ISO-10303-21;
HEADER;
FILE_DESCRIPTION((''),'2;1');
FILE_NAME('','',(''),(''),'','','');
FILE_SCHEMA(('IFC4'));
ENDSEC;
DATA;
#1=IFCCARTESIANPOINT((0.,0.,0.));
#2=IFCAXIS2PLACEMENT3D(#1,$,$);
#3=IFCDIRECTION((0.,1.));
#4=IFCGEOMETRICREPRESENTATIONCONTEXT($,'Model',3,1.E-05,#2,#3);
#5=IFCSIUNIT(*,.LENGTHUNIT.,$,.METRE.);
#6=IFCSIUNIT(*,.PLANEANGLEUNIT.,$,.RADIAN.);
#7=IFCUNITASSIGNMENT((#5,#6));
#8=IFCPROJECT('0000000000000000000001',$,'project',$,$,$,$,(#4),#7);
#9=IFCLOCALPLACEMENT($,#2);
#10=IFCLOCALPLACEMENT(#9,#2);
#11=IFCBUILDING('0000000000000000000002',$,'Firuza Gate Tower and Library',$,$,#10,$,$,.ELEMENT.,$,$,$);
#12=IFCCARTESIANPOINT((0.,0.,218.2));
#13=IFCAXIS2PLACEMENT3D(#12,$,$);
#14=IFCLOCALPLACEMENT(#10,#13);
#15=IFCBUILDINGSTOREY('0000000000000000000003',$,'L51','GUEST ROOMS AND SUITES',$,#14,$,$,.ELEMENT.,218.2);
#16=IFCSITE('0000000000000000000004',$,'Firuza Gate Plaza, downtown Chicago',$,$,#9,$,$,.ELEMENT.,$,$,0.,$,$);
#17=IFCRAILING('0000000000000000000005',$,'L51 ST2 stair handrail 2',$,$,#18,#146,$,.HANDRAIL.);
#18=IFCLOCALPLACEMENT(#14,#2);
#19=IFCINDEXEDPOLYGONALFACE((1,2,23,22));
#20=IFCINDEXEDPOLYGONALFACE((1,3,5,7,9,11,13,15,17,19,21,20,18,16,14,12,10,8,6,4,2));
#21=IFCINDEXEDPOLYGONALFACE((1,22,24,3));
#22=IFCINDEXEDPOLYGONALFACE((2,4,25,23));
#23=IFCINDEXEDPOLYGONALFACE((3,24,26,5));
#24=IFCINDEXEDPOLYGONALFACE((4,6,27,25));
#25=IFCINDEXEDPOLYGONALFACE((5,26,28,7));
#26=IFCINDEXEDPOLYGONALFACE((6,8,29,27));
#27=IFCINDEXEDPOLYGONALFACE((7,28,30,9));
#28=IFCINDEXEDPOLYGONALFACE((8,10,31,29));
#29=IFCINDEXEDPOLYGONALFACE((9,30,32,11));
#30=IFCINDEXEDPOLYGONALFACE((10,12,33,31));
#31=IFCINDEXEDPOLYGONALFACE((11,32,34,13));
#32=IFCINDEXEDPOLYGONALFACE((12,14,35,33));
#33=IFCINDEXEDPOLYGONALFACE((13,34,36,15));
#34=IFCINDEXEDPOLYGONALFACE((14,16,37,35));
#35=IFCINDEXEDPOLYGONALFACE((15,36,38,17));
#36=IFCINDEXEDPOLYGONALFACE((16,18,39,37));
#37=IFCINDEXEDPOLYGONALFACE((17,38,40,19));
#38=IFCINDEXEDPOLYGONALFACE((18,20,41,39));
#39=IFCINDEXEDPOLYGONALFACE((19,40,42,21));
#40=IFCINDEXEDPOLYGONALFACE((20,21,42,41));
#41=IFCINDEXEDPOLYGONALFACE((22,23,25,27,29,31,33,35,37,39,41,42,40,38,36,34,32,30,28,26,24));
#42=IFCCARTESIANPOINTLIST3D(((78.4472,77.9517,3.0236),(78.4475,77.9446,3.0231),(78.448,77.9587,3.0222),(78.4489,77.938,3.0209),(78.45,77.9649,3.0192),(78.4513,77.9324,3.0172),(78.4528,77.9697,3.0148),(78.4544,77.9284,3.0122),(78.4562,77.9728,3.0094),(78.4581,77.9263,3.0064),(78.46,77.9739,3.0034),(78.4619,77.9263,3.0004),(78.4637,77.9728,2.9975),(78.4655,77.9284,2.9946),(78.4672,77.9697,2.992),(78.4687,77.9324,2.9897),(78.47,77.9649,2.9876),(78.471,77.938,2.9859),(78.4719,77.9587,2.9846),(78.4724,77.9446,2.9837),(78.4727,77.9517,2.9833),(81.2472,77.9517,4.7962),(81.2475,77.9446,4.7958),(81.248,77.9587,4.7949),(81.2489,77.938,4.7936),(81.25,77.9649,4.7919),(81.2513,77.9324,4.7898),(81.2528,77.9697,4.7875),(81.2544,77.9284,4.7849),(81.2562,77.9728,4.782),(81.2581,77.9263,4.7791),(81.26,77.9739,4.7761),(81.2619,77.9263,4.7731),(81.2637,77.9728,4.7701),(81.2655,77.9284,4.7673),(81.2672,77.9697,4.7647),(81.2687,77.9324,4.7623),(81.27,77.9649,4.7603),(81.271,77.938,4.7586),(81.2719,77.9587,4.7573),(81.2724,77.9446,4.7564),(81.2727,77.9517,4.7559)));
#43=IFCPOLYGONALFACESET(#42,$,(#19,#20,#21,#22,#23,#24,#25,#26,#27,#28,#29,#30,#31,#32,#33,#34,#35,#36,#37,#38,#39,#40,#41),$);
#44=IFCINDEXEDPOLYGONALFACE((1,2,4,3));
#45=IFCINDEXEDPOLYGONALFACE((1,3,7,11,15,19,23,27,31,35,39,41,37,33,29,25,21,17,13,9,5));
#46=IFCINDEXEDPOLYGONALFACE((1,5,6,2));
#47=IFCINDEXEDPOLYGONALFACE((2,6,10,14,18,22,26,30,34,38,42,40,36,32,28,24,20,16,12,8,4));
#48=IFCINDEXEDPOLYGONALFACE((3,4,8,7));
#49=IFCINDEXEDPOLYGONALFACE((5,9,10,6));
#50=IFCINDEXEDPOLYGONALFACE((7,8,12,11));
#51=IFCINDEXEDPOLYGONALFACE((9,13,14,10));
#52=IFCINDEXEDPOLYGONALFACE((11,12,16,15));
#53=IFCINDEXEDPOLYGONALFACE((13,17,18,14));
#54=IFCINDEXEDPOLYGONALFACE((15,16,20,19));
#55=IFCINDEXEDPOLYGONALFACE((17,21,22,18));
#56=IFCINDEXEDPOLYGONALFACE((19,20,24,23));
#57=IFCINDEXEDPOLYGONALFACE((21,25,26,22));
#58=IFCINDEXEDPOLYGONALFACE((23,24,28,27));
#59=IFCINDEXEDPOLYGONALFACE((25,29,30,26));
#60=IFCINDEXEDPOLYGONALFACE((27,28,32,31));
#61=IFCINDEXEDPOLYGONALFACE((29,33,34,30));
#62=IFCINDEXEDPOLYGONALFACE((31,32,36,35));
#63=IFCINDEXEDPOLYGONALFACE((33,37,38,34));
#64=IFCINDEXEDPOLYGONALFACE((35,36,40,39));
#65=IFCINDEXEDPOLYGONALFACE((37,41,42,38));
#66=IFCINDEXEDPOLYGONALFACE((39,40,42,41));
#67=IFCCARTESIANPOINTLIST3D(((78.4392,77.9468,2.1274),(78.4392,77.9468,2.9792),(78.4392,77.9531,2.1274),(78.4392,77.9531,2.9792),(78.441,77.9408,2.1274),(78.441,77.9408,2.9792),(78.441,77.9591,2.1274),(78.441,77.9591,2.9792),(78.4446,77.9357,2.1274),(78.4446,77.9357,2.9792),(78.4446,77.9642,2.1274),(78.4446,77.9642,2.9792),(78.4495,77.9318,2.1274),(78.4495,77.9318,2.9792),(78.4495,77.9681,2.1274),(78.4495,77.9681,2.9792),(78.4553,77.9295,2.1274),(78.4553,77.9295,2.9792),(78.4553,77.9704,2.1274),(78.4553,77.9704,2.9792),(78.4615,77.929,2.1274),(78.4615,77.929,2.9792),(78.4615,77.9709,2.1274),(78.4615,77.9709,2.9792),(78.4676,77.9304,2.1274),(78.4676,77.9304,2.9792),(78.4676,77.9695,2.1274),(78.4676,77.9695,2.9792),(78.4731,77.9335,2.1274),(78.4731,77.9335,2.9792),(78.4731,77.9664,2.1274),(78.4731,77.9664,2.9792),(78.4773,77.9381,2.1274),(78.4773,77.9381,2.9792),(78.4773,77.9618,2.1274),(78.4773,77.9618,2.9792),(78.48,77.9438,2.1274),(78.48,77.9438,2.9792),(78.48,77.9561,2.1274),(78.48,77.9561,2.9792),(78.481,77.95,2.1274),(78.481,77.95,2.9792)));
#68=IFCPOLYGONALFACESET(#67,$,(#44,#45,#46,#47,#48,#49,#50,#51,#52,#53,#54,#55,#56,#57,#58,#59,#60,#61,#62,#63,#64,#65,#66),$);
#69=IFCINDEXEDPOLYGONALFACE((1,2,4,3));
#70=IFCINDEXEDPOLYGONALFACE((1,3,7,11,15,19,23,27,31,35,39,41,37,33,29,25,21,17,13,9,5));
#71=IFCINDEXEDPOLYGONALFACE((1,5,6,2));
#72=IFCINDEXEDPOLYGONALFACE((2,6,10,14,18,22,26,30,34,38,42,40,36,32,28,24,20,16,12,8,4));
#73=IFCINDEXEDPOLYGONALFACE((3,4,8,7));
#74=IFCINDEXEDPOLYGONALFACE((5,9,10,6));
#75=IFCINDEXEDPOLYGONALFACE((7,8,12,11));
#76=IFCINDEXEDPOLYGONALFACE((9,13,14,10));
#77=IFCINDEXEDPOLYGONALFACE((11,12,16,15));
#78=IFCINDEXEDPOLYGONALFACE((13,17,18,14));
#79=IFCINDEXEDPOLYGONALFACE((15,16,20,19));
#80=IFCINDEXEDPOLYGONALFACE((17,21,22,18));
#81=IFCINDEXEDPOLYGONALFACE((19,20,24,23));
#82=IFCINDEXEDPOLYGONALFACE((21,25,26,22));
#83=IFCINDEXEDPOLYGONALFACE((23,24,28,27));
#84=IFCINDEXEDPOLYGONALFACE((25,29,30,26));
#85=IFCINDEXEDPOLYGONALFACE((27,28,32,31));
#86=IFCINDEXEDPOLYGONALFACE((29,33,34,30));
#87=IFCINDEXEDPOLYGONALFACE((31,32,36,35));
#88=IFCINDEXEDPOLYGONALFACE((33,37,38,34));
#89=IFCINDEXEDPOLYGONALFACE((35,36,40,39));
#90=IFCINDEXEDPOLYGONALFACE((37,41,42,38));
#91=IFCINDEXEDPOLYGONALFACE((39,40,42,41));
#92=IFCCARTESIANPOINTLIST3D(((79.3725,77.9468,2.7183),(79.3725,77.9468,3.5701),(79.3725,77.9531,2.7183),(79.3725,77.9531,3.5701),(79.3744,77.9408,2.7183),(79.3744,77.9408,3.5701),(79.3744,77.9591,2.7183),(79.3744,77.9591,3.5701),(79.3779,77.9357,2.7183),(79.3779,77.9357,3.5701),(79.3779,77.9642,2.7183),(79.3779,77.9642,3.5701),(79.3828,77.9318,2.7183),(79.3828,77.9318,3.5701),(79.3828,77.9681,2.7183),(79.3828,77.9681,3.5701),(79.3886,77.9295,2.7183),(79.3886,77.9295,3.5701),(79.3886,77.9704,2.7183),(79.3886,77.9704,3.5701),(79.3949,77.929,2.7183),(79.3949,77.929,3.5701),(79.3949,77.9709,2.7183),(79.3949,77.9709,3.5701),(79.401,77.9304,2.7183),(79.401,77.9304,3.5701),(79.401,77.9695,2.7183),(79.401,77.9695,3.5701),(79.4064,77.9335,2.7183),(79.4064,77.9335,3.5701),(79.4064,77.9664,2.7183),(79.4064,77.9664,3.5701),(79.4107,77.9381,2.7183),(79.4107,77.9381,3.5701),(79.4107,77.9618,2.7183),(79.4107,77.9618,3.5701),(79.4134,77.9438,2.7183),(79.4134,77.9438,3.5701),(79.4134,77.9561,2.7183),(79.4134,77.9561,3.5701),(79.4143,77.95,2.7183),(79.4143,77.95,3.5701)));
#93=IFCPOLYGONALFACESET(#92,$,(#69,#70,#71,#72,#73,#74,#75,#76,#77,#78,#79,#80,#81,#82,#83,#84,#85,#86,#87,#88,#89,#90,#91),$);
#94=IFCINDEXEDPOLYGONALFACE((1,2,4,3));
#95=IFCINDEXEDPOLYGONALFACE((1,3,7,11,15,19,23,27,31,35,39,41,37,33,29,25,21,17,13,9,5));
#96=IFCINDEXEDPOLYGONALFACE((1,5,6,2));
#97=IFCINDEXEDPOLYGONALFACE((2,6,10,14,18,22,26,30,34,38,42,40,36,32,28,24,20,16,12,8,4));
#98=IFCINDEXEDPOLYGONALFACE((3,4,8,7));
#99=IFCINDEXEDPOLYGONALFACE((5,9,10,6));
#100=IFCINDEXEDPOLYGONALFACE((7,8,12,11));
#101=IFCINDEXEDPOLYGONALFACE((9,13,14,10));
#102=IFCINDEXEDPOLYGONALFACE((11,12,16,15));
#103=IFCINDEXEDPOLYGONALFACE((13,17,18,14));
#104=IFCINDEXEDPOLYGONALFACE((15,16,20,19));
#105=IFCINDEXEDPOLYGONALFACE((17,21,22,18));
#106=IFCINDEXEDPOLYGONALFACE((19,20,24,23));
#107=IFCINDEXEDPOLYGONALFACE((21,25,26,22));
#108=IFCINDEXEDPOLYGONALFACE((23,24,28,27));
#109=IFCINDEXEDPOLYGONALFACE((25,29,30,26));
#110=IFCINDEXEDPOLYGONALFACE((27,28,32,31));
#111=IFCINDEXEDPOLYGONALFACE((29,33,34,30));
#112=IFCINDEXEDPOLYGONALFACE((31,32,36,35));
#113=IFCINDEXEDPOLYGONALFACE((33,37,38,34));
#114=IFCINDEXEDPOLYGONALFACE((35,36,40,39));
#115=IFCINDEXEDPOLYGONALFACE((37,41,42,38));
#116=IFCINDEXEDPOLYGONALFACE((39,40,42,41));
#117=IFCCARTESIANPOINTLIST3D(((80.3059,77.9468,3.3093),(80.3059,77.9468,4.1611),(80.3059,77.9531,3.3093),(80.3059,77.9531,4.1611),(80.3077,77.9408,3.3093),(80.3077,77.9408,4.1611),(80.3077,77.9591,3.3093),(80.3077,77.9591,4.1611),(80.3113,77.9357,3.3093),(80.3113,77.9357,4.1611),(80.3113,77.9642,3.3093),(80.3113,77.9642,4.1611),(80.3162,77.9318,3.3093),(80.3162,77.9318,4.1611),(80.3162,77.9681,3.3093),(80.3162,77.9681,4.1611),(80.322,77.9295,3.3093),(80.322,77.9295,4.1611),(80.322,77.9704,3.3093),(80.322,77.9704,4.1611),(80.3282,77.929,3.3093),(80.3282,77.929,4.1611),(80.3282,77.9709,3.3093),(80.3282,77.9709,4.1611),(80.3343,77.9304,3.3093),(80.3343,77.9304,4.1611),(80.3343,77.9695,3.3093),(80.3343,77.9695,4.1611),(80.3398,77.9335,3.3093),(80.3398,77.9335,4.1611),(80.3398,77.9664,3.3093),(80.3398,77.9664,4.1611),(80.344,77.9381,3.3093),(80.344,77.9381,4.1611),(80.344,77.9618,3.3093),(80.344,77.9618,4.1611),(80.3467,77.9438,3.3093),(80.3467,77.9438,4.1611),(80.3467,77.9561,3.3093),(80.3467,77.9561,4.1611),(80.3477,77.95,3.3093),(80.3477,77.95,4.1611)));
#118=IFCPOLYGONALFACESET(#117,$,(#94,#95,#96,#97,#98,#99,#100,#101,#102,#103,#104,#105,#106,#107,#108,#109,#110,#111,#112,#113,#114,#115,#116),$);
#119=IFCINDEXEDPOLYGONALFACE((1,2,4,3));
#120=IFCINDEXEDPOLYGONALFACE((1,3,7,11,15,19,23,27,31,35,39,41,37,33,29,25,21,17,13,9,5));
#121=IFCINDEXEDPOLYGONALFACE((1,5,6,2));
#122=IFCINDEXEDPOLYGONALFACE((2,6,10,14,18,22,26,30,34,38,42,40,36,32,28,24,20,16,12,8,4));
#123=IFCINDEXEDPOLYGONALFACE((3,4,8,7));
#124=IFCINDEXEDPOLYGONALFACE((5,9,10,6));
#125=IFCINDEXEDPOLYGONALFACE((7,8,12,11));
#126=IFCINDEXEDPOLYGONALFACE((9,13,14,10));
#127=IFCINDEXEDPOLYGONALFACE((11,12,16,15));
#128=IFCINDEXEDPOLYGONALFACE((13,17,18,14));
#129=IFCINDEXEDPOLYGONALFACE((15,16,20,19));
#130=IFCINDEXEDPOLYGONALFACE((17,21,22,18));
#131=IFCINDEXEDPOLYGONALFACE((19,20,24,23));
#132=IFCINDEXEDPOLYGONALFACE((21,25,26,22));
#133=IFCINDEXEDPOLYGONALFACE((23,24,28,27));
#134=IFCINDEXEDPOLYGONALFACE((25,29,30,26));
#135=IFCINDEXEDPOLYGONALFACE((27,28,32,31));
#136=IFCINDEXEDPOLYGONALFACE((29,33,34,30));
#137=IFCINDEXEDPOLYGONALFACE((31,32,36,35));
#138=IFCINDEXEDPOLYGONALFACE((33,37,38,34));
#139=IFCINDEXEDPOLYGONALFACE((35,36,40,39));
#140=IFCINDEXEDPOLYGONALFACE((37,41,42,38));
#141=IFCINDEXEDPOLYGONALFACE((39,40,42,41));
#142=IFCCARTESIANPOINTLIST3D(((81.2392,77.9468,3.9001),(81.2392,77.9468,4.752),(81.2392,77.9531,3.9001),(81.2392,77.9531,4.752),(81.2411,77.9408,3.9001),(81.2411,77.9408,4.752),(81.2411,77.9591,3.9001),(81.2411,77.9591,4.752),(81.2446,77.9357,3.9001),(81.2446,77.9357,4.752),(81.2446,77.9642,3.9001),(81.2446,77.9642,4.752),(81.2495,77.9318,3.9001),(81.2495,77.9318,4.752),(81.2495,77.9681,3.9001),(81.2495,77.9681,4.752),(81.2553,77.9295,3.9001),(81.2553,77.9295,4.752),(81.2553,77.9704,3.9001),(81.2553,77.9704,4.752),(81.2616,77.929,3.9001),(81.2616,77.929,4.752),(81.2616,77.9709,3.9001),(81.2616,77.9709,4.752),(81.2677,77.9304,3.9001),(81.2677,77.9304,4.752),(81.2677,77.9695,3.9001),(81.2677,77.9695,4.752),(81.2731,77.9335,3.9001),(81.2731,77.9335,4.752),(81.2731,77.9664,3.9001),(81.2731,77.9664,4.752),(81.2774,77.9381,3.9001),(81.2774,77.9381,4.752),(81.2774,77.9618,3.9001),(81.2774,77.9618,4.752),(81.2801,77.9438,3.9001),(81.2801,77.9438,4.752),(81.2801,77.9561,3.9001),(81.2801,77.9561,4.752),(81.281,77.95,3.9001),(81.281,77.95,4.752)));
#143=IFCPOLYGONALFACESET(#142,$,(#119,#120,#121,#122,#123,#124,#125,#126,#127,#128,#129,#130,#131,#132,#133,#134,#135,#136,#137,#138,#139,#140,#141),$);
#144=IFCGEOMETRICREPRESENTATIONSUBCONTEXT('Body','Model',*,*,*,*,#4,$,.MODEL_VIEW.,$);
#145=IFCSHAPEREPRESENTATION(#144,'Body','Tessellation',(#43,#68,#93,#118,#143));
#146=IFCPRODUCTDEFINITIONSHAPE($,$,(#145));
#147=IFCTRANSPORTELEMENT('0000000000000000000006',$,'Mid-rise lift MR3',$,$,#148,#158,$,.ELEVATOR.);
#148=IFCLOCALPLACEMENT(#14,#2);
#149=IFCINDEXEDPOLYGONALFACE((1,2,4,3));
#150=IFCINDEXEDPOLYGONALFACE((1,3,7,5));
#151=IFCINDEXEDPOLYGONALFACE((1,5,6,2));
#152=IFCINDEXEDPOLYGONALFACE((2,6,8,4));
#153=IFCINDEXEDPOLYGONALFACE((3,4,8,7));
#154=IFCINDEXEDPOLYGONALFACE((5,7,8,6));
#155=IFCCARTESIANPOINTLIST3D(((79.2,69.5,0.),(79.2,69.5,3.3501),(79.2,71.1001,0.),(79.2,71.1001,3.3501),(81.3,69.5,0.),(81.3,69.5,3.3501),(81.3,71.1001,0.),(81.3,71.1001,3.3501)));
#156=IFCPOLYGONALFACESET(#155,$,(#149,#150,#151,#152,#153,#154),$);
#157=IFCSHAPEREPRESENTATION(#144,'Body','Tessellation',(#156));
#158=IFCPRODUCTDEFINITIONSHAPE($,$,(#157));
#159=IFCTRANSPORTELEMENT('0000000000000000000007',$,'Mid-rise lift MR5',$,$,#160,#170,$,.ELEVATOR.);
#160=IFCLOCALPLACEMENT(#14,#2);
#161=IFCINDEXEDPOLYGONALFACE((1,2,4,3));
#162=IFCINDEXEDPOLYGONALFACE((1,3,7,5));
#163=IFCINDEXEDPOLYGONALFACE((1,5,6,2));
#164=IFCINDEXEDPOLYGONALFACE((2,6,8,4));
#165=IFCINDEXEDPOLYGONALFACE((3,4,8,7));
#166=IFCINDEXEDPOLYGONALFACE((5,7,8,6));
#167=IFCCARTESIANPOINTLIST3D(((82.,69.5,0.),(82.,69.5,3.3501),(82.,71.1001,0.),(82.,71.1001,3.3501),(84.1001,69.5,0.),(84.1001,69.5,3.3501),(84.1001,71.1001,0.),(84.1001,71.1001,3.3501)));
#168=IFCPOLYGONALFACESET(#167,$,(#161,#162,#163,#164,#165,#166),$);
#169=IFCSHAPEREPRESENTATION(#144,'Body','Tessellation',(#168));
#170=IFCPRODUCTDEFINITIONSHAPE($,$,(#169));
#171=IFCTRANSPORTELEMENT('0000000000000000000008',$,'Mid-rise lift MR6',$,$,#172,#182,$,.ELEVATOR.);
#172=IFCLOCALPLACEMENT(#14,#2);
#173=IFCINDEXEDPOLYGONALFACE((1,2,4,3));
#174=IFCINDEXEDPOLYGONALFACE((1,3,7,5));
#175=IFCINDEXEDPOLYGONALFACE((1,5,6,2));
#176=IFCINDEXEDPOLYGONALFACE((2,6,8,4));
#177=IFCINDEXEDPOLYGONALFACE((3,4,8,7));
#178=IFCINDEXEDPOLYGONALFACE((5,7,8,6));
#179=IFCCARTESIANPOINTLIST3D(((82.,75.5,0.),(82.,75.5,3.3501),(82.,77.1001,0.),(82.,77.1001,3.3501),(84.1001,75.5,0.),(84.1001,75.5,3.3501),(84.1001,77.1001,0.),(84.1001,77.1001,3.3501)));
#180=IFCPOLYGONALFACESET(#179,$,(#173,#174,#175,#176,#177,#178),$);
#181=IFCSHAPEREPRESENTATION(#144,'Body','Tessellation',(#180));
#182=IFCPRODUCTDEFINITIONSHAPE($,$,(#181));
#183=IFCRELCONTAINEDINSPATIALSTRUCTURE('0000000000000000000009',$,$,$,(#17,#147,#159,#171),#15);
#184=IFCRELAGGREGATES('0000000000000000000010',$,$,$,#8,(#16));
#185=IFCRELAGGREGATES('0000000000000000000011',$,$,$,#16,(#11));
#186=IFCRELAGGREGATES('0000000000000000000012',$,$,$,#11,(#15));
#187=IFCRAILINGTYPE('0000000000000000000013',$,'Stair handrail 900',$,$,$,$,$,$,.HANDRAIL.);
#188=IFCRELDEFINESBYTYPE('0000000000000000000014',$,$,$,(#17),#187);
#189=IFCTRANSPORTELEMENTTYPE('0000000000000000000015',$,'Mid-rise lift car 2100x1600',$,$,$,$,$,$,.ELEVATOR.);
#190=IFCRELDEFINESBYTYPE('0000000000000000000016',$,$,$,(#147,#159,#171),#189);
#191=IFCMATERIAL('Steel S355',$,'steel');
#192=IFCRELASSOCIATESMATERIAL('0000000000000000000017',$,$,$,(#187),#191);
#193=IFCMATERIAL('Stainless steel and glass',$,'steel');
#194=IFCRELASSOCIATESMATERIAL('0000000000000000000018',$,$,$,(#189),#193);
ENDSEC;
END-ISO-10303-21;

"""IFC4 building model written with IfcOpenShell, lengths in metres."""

from ifc_helpers import new_model, si_unit, direction, frame, origin, origin_2d, place, context, subcontext, project, spatial, rectangle, circle, extrude, material, type_object, element, save


model = new_model("IFC4")

# Units and contexts
model_context = context("Model", 3, precision=1e-05, world=origin(), true_north=direction((0.0, 1.0)))
body_context = subcontext(model_context, "Body", "Model", "MODEL_VIEW")
ifc_project = project(units=[si_unit("LENGTHUNIT", "METRE"), si_unit("PLANEANGLEUNIT", "RADIAN")], contexts=[model_context])

# Site, building, storey
site_placement = place(None, origin())
site = spatial("IfcSite", under=ifc_project, at=site_placement, Name="Firuza Gate Plaza, downtown Chicago", CompositionType="ELEMENT", RefElevation=0.0)
building_placement = place(site_placement, origin())
building = spatial("IfcBuilding", under=site, at=building_placement, Name="Firuza Gate Tower and Library", CompositionType="ELEMENT")
storey_placement = place(building_placement, frame((0.0, 0.0, 218.2)))
storey = spatial("IfcBuildingStorey", under=building, at=storey_placement, Name="L51", Description="GUEST ROOMS AND SUITES", CompositionType="ELEMENT", Elevation=218.2)

# Railing
ifc_material_1 = material(Name="Steel S355", Category="steel")
railing_type_1 = type_object("IfcRailingType", Name="Stair handrail 900", PredefinedType="HANDRAIL", material=ifc_material_1)
railing_1_placement = place(storey_placement, frame((78.46, 77.95, 2.1274)))
element("IfcRailing", 1, at=railing_1_placement, inside=storey, type_object=railing_type_1, Name="L51 ST2 stair handrail 2", PredefinedType="HANDRAIL", context=body_context, shape_type="SweptSolid", body=[
    extrude(circle(Radius=0.0239, at=origin_2d()), frame((0.0, 0.0, 0.876), z_axis=(0.844909, 0.0, 0.53491), x_axis=(0.0, 1.0, 0.0)), (0.0, 0.0, 1.0), 3.314),
    extrude(circle(Radius=0.021, at=origin_2d()), origin(), (0.0, 0.0, 1.0), 0.8518),
    extrude(circle(Radius=0.021, at=origin_2d()), frame((0.9333, 0.0, 0.5908)), (0.0, 0.0, 1.0), 0.8518),
    extrude(circle(Radius=0.021, at=origin_2d()), frame((1.8667, 0.0, 1.1819)), (0.0, 0.0, 1.0), 0.8518),
    extrude(circle(Radius=0.021, at=origin_2d()), frame((2.8, 0.0, 1.7727)), (0.0, 0.0, 1.0), 0.8518),
])

# Transport elements
ifc_material_2 = material(Name="Stainless steel and glass", Category="steel")
transport_element_type = type_object("IfcTransportElementType", Name="Mid-rise lift car 2100x1600", PredefinedType="ELEVATOR", material=ifc_material_2)
for number, where, z_axis, x_axis, name in (
    (2, (80.25, 70.3, 0.0), (0.0, 0.0, 1.0), (1.0, 0.0, 0.0), "Mid-rise lift MR3"),
    (3, (83.05, 70.3, 0.0), (0.0, 0.0, 1.0), (1.0, 0.0, 0.0), "Mid-rise lift MR5"),
    (4, (83.05, 76.3, 0.0), (0.0, 0.0, 1.0), (1.0, 0.0, 0.0), "Mid-rise lift MR6"),
):
    element("IfcTransportElement", number, at=place(storey_placement, frame(where, z_axis=z_axis, x_axis=x_axis)), inside=storey, type_object=transport_element_type, Name=name, PredefinedType="ELEVATOR", context=body_context, shape_type="SweptSolid", body=[
        extrude(rectangle(XDim=2.1001, YDim=1.6001, at=origin_2d()), origin(), (0.0, 0.0, 1.0), 3.3501),
    ])

save(model, "model.ifc")
